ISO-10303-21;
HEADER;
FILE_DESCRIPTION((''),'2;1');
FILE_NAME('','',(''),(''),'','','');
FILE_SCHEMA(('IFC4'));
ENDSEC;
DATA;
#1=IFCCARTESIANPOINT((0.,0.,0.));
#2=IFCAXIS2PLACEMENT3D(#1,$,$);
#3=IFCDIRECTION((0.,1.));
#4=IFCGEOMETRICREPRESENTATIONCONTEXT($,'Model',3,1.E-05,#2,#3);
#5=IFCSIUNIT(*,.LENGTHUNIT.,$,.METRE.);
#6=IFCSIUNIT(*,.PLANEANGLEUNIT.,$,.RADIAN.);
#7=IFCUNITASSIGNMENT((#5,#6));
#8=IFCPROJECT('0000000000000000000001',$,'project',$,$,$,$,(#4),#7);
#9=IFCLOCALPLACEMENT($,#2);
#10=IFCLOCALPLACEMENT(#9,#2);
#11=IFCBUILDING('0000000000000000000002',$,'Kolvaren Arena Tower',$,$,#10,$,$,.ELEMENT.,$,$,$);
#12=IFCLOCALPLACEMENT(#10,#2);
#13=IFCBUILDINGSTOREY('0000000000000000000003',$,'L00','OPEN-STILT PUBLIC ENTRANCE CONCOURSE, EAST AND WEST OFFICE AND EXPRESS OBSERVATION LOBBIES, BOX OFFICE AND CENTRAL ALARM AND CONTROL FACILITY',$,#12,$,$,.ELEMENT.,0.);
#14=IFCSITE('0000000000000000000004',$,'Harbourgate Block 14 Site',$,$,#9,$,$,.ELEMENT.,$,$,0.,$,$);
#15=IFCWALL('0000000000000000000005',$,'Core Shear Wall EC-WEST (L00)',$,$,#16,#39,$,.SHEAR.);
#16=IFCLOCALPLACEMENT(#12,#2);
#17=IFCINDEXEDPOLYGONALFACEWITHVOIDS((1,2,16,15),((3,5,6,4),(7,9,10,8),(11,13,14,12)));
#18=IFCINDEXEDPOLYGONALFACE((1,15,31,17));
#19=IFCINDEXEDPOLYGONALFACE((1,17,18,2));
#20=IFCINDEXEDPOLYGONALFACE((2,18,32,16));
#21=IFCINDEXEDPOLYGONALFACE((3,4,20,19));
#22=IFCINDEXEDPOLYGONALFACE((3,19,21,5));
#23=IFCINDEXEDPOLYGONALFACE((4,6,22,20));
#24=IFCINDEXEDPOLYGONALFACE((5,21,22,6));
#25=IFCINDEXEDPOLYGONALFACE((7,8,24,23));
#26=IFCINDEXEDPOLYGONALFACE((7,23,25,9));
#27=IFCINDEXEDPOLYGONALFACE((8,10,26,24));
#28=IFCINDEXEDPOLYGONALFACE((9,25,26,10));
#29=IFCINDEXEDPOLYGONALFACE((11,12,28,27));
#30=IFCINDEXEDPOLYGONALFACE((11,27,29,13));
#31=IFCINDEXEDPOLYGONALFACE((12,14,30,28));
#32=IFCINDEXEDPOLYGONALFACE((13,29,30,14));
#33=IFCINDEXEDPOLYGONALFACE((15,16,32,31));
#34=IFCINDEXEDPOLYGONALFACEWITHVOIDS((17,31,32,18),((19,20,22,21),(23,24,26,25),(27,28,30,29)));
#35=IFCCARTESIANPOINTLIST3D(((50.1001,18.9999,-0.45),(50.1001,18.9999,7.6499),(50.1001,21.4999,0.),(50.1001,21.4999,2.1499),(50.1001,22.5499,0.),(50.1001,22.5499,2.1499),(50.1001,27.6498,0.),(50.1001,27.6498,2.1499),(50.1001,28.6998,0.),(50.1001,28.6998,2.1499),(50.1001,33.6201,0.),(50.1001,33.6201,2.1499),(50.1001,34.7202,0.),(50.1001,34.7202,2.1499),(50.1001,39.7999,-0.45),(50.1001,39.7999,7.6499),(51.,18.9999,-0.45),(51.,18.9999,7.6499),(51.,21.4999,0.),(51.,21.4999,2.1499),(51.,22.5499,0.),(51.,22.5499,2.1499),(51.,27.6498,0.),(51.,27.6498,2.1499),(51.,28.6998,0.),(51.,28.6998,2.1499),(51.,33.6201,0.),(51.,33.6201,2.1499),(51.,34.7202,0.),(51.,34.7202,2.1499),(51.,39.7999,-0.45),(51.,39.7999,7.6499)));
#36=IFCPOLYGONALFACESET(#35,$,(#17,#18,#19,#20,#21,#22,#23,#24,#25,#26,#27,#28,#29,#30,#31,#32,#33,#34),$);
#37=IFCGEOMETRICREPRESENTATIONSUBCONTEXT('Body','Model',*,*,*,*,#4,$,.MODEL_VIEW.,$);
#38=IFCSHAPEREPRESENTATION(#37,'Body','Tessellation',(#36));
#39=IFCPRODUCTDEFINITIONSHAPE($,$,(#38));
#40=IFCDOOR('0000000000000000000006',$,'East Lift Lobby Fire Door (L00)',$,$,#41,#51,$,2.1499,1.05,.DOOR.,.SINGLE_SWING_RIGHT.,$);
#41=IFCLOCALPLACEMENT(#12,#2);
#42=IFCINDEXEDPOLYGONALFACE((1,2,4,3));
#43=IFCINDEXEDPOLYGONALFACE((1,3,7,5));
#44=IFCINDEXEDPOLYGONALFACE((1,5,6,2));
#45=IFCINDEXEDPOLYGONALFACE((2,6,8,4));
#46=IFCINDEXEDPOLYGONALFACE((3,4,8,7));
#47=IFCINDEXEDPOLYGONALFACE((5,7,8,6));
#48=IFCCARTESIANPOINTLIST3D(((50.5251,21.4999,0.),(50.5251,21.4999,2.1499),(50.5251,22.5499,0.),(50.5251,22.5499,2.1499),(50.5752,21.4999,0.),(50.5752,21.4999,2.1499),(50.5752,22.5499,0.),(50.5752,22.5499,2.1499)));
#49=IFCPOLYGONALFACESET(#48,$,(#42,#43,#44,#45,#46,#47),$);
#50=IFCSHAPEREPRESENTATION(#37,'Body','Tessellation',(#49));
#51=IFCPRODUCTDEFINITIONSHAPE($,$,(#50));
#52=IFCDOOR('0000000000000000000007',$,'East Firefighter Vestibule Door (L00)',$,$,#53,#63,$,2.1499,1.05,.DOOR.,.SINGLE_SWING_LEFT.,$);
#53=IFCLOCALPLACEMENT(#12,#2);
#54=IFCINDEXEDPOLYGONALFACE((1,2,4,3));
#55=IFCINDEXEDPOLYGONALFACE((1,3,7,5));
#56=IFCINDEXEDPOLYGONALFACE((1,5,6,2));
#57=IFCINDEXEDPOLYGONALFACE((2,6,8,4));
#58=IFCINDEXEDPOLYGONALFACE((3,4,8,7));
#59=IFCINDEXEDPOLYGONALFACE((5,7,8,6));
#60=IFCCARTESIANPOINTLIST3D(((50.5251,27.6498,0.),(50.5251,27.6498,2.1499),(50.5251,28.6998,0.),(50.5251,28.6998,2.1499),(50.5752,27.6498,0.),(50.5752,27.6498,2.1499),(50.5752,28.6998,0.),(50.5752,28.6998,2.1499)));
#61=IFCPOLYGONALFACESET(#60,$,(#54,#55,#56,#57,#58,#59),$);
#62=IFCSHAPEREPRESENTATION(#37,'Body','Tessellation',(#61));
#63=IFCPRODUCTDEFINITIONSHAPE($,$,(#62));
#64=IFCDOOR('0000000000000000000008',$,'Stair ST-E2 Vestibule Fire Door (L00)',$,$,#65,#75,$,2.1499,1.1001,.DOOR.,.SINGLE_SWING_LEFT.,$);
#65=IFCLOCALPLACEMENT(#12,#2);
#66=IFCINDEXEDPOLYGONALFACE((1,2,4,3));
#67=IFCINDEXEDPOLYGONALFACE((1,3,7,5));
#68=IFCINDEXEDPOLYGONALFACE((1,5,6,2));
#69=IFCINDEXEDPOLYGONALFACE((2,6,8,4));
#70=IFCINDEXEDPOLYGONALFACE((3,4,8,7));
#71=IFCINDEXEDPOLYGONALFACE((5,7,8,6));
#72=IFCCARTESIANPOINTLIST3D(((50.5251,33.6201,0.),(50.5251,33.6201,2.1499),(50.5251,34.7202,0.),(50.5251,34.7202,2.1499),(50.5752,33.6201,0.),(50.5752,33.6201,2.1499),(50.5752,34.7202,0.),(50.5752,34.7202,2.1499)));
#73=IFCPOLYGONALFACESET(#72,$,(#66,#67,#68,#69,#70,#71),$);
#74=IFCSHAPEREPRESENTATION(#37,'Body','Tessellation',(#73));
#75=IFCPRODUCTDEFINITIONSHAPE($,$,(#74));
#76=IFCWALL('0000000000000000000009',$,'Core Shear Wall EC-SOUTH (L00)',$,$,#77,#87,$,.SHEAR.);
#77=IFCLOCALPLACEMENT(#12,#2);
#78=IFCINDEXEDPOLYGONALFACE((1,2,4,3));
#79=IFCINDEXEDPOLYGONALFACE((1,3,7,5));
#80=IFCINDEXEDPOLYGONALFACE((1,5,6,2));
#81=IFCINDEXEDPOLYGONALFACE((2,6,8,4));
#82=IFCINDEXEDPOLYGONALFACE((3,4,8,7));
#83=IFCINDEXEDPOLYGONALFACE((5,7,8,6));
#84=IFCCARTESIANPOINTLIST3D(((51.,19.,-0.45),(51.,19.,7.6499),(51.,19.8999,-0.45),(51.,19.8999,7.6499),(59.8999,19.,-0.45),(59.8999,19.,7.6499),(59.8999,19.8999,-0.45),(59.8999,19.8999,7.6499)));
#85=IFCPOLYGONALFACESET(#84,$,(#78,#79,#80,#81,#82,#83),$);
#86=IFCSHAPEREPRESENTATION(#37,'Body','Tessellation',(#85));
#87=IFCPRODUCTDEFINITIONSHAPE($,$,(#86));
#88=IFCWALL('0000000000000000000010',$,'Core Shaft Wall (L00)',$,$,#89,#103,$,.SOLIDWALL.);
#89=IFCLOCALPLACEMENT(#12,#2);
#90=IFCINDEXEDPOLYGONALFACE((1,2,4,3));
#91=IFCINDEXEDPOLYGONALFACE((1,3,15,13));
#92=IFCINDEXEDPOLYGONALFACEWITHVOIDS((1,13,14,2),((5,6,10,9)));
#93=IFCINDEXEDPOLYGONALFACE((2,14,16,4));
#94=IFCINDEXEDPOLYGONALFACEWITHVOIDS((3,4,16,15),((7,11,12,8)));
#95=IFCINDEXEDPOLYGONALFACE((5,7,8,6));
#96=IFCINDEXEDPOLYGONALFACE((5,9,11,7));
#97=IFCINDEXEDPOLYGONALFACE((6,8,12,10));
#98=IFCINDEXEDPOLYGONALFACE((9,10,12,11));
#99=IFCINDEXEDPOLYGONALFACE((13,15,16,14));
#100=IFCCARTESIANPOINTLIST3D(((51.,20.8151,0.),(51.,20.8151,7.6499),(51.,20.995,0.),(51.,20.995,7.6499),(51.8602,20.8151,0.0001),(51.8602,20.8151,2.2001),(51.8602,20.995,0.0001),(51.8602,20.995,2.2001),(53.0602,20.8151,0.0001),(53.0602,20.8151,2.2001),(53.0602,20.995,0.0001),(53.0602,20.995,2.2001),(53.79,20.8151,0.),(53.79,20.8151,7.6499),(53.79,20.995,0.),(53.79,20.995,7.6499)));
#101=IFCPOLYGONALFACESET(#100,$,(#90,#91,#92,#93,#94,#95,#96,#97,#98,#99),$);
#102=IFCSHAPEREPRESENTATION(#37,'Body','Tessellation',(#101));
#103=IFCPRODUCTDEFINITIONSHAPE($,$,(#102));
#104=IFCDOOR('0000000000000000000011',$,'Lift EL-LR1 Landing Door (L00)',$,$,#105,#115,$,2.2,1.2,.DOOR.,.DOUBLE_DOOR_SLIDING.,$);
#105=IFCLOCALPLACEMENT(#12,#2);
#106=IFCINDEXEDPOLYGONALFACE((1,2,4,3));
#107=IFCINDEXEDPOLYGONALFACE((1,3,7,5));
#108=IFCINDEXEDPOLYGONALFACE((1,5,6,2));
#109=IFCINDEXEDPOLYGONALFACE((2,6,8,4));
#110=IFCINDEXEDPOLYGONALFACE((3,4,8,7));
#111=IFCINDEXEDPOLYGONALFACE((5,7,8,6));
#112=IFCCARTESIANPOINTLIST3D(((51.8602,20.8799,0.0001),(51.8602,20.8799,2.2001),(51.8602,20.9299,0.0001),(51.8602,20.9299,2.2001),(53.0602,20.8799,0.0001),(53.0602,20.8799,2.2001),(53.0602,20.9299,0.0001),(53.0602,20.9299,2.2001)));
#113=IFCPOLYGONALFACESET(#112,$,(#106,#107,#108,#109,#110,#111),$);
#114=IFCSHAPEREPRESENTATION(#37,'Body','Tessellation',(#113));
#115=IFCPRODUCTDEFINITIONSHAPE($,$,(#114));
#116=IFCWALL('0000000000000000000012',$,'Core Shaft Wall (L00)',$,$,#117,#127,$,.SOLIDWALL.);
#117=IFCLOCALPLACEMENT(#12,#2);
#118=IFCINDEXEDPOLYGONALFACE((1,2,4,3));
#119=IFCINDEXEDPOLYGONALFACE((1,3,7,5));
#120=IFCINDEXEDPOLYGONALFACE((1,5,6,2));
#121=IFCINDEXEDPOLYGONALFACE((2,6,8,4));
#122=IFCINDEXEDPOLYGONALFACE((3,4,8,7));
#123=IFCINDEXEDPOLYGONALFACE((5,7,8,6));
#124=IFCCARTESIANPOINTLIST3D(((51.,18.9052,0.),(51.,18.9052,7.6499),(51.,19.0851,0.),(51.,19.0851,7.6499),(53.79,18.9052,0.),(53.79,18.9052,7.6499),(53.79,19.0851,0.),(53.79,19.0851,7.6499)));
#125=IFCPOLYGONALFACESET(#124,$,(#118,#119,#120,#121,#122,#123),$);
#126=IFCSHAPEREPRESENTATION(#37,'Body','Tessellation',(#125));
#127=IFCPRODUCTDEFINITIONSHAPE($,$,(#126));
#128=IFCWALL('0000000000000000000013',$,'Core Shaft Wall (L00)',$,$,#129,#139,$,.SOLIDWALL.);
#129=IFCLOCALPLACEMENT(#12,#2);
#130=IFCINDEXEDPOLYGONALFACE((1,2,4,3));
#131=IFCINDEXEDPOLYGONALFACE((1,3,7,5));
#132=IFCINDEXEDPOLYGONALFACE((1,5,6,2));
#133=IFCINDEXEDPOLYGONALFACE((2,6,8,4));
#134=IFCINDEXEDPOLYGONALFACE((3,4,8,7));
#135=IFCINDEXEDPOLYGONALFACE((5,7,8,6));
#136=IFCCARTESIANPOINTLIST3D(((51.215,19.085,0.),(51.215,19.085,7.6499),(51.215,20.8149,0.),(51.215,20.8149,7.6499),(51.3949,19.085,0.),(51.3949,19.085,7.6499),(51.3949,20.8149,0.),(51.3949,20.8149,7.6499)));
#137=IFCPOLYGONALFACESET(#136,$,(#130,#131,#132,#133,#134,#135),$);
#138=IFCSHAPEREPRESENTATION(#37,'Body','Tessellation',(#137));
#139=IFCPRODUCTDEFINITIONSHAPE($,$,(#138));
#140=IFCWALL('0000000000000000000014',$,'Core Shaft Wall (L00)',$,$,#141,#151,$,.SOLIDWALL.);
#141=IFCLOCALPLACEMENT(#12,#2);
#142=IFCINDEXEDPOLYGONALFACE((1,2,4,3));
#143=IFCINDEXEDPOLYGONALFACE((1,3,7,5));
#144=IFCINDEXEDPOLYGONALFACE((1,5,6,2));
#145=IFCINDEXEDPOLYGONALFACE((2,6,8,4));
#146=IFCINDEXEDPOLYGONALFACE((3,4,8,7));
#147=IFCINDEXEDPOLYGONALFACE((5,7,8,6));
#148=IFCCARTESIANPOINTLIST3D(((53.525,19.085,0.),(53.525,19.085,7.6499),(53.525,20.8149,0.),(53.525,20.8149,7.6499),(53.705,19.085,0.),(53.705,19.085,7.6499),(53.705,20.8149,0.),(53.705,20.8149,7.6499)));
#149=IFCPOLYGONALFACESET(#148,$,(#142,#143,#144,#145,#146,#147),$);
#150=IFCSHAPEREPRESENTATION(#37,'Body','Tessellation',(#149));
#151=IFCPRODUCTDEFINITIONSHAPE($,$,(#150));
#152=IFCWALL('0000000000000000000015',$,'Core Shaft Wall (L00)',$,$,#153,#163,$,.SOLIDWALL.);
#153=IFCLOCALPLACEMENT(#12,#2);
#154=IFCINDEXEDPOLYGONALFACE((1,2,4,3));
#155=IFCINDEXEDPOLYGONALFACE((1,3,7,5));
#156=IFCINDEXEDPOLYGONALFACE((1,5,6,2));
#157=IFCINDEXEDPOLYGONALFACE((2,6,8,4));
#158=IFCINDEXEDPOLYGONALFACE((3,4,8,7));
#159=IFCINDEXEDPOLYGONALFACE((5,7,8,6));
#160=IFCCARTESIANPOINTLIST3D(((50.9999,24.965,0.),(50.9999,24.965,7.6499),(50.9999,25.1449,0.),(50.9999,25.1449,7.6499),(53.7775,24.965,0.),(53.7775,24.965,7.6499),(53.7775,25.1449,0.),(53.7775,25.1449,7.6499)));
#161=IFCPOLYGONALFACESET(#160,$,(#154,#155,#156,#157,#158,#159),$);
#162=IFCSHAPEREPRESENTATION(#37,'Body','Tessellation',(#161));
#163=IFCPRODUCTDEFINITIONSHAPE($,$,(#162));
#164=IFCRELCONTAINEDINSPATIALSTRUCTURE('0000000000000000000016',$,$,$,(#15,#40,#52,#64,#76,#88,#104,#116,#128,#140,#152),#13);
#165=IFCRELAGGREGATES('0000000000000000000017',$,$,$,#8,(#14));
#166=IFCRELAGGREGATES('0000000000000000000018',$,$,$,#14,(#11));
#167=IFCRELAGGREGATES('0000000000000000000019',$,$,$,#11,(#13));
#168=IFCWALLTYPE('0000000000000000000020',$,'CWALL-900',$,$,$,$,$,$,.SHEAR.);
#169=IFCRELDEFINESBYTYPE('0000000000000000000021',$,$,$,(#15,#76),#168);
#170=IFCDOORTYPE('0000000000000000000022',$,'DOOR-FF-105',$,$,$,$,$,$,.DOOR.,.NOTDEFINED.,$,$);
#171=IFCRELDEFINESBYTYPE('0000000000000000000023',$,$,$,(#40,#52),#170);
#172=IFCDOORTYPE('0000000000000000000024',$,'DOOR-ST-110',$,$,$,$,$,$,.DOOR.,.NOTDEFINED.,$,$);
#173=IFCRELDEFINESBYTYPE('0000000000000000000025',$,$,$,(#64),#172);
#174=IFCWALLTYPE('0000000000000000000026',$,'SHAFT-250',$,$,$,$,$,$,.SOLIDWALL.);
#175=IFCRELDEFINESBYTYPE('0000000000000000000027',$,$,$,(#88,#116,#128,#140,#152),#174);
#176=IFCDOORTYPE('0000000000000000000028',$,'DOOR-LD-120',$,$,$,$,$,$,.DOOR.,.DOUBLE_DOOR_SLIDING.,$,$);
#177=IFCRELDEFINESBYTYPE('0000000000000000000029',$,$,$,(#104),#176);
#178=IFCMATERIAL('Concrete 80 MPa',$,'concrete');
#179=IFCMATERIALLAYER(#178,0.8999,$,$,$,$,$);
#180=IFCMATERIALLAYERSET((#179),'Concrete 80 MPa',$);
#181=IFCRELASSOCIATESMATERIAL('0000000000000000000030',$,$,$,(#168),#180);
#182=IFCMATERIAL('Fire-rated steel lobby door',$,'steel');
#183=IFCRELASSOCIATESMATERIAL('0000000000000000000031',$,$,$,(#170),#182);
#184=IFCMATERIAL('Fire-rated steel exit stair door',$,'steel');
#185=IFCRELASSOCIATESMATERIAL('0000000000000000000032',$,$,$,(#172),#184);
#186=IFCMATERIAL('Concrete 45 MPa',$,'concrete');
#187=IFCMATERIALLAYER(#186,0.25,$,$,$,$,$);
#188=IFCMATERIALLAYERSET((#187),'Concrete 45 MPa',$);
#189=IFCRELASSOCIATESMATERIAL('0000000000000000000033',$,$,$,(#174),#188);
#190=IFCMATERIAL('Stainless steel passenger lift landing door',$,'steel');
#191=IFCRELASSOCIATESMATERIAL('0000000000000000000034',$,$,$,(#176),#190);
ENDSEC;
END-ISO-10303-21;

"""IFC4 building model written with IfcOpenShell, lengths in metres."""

from ifc_helpers import new_model, si_unit, direction, frame, frame_2d, origin, place, context, subcontext, project, spatial, rectangle, extrude, material, layer, layer_set, type_object, element, fill, save


model = new_model("IFC4")

# Units and contexts
model_context = context("Model", 3, precision=1e-05, world=origin(), true_north=direction((0.0, 1.0)))
body_context = subcontext(model_context, "Body", "Model", "MODEL_VIEW")
ifc_project = project(units=[si_unit("LENGTHUNIT", "METRE"), si_unit("PLANEANGLEUNIT", "RADIAN")], contexts=[model_context])

# Site, building, storey
site_placement = place(None, origin())
site = spatial("IfcSite", under=ifc_project, at=site_placement, Name="Harbourgate Block 14 Site", CompositionType="ELEMENT", RefElevation=0.0)
building_placement = place(site_placement, origin())
building = spatial("IfcBuilding", under=site, at=building_placement, Name="Kolvaren Arena Tower", CompositionType="ELEMENT")
storey_placement = place(building_placement, origin())
storey = spatial("IfcBuildingStorey", under=building, at=storey_placement, Name="L00", Description="OPEN-STILT PUBLIC ENTRANCE CONCOURSE, EAST AND WEST OFFICE AND EXPRESS OBSERVATION LOBBIES, BOX OFFICE AND CENTRAL ALARM AND CONTROL FACILITY", CompositionType="ELEMENT", Elevation=0.0)

# Shared definitions
ifc_material_1 = material(Name="Concrete 80 MPa", Category="concrete")

# Wall, openings, doors
ifc_layer_1 = layer(ifc_material_1, 0.8999)
ifc_layer_set_1 = layer_set([ifc_layer_1], Name="Concrete 80 MPa")
wall_type_1 = type_object("IfcWallType", Name="CWALL-900", PredefinedType="SHEAR", material=ifc_layer_set_1)
wall_1_placement = place(storey_placement, frame((50.55, 19.0, -0.45), z_axis=(0.0, 0.0, 1.0), x_axis=(0.0, 1.0, 0.0)))
wall_1 = element("IfcWall", 1, at=wall_1_placement, inside=storey, type_object=wall_type_1, Name="Core Shear Wall EC-WEST (L00)", PredefinedType="SHEAR", context=body_context, shape_type="SweptSolid", body=[
    extrude(rectangle(XDim=20.8, YDim=0.8999, at=frame_2d((10.3999, 0.0))), origin(), (0.0, 0.0, 1.0), 8.0999),
])
opening_1_placement = place(wall_1_placement, frame((2.5, 0.0, 0.45)))
opening_1 = element("IfcOpeningElement", 2, at=opening_1_placement, cuts=wall_1, PredefinedType="OPENING", context=body_context, shape_type="SweptSolid", body=[
    extrude(rectangle(XDim=1.05, YDim=2.1499, at=frame_2d((0.5249, 1.075))), frame((0.0, 0.46, 0.0), z_axis=(0.0, -1.0, 0.0), x_axis=(1.0, 0.0, 0.0)), (0.0, 0.0, 1.0), 0.9199),
])
opening_2_placement = place(wall_1_placement, frame((8.6499, 0.0, 0.45)))
opening_2 = element("IfcOpeningElement", 3, at=opening_2_placement, cuts=wall_1, PredefinedType="OPENING", context=body_context, shape_type="SweptSolid", body=[
    extrude(rectangle(XDim=1.05, YDim=2.1499, at=frame_2d((0.5249, 1.075))), frame((0.0, 0.46, 0.0), z_axis=(0.0, -1.0, 0.0), x_axis=(1.0, 0.0, 0.0)), (0.0, 0.0, 1.0), 0.9199),
])
opening_3_placement = place(wall_1_placement, frame((14.6201, 0.0, 0.45)))
opening_3 = element("IfcOpeningElement", 4, at=opening_3_placement, cuts=wall_1, PredefinedType="OPENING", context=body_context, shape_type="SweptSolid", body=[
    extrude(rectangle(XDim=1.1001, YDim=2.1499, at=frame_2d((0.55, 1.075))), frame((0.0, 0.46, 0.0), z_axis=(0.0, -1.0, 0.0), x_axis=(1.0, 0.0, 0.0)), (0.0, 0.0, 1.0), 0.9199),
])
ifc_material_2 = material(Name="Fire-rated steel lobby door", Category="steel")
door_type_1 = type_object("IfcDoorType", Name="DOOR-FF-105", OperationType="NOTDEFINED", PredefinedType="DOOR", material=ifc_material_2)
door_1_placement = place(opening_1_placement, origin())
door_1 = element("IfcDoor", 5, at=door_1_placement, inside=storey, type_object=door_type_1, Name="East Lift Lobby Fire Door (L00)", OperationType="SINGLE_SWING_RIGHT", OverallHeight=2.1499, OverallWidth=1.05, PredefinedType="DOOR", context=body_context, shape_type="SweptSolid", body=[
    extrude(rectangle(XDim=1.05, YDim=2.1499, at=frame_2d((0.5249, 1.075))), frame((0.0, 0.0249, 0.0), z_axis=(0.0, -1.0, 0.0), x_axis=(1.0, 0.0, 0.0)), (0.0, 0.0, 1.0), 0.05),
])
fill(opening_1, door_1)
door_2_placement = place(opening_2_placement, origin())
door_2 = element("IfcDoor", 6, at=door_2_placement, inside=storey, type_object=door_type_1, Name="East Firefighter Vestibule Door (L00)", OperationType="SINGLE_SWING_LEFT", OverallHeight=2.1499, OverallWidth=1.05, PredefinedType="DOOR", context=body_context, shape_type="SweptSolid", body=[
    extrude(rectangle(XDim=1.05, YDim=2.1499, at=frame_2d((0.5249, 1.075))), frame((0.0, 0.0249, 0.0), z_axis=(0.0, -1.0, 0.0), x_axis=(1.0, 0.0, 0.0)), (0.0, 0.0, 1.0), 0.05),
])
fill(opening_2, door_2)
ifc_material_3 = material(Name="Fire-rated steel exit stair door", Category="steel")
door_type_2 = type_object("IfcDoorType", Name="DOOR-ST-110", OperationType="NOTDEFINED", PredefinedType="DOOR", material=ifc_material_3)
door_3_placement = place(opening_3_placement, origin())
door_3 = element("IfcDoor", 7, at=door_3_placement, inside=storey, type_object=door_type_2, Name="Stair ST-E2 Vestibule Fire Door (L00)", OperationType="SINGLE_SWING_LEFT", OverallHeight=2.1499, OverallWidth=1.1001, PredefinedType="DOOR", context=body_context, shape_type="SweptSolid", body=[
    extrude(rectangle(XDim=1.1001, YDim=2.1499, at=frame_2d((0.55, 1.075))), frame((0.0, 0.0249, 0.0), z_axis=(0.0, -1.0, 0.0), x_axis=(1.0, 0.0, 0.0)), (0.0, 0.0, 1.0), 0.05),
])
fill(opening_3, door_3)

# Wall
wall_2_placement = place(storey_placement, frame((51.0, 19.45, -0.45), z_axis=(0.0, 0.0, 1.0), x_axis=(1.0, 0.0, 0.0)))
element("IfcWall", 8, at=wall_2_placement, inside=storey, type_object=wall_type_1, Name="Core Shear Wall EC-SOUTH (L00)", PredefinedType="SHEAR", context=body_context, shape_type="SweptSolid", body=[
    extrude(rectangle(XDim=8.8999, YDim=0.8999, at=frame_2d((4.45, 0.0))), origin(), (0.0, 0.0, 1.0), 8.0999),
])

# Wall, opening, door
ifc_material_4 = material(Name="Concrete 45 MPa", Category="concrete")
ifc_layer_2 = layer(ifc_material_4, 0.25)
ifc_layer_set_2 = layer_set([ifc_layer_2], Name="Concrete 45 MPa")
wall_type_2 = type_object("IfcWallType", Name="SHAFT-250", PredefinedType="SOLIDWALL", material=ifc_layer_set_2)
wall_3_placement = place(storey_placement, frame((51.0, 20.905, 0.0), z_axis=(0.0, 0.0, 1.0), x_axis=(1.0, 0.0, 0.0)))
wall_3 = element("IfcWall", 9, at=wall_3_placement, inside=storey, type_object=wall_type_2, Name="Core Shaft Wall (L00)", PredefinedType="SOLIDWALL", context=body_context, shape_type="SweptSolid", body=[
    extrude(rectangle(XDim=2.79, YDim=0.1799, at=frame_2d((1.395, 0.0))), origin(), (0.0, 0.0, 1.0), 7.6499),
])
opening_4_placement = place(wall_3_placement, frame((0.8601, 0.0, 0.0)))
opening_4 = element("IfcOpeningElement", 10, at=opening_4_placement, cuts=wall_3, PredefinedType="OPENING", context=body_context, shape_type="SweptSolid", body=[
    extrude(rectangle(XDim=1.2, YDim=2.2, at=frame_2d((0.6001, 1.1001))), frame((0.0, 0.0999, 0.0), z_axis=(0.0, -1.0, 0.0), x_axis=(1.0, 0.0, 0.0)), (0.0, 0.0, 1.0), 0.2),
])
ifc_material_5 = material(Name="Stainless steel passenger lift landing door", Category="steel")
door_type_3 = type_object("IfcDoorType", Name="DOOR-LD-120", OperationType="DOUBLE_DOOR_SLIDING", PredefinedType="DOOR", material=ifc_material_5)
door_4_placement = place(opening_4_placement, origin())
door_4 = element("IfcDoor", 11, at=door_4_placement, inside=storey, type_object=door_type_3, Name="Lift EL-LR1 Landing Door (L00)", OperationType="DOUBLE_DOOR_SLIDING", OverallHeight=2.2, OverallWidth=1.2, PredefinedType="DOOR", context=body_context, shape_type="SweptSolid", body=[
    extrude(rectangle(XDim=1.2, YDim=2.2, at=frame_2d((0.6001, 1.1001))), frame((0.0, 0.0249, 0.0), z_axis=(0.0, -1.0, 0.0), x_axis=(1.0, 0.0, 0.0)), (0.0, 0.0, 1.0), 0.05),
])
fill(opening_4, door_4)

# Walls
wall_4_placement = place(storey_placement, frame((51.0, 18.9951, 0.0), z_axis=(0.0, 0.0, 1.0), x_axis=(1.0, 0.0, 0.0)))
element("IfcWall", 12, at=wall_4_placement, inside=storey, type_object=wall_type_2, Name="Core Shaft Wall (L00)", PredefinedType="SOLIDWALL", context=body_context, shape_type="SweptSolid", body=[
    extrude(rectangle(XDim=2.79, YDim=0.1799, at=frame_2d((1.395, 0.0))), origin(), (0.0, 0.0, 1.0), 7.6499),
])
for number, where, z_axis, x_axis, name in (
    (13, (51.3049, 19.085, 0.0), (0.0, 0.0, 1.0), (0.0, 1.0, 0.0), "Core Shaft Wall (L00)"),
    (14, (53.615, 19.085, 0.0), (0.0, 0.0, 1.0), (0.0, 1.0, 0.0), "Core Shaft Wall (L00)"),
):
    element("IfcWall", number, at=place(storey_placement, frame(where, z_axis=z_axis, x_axis=x_axis)), inside=storey, type_object=wall_type_2, Name=name, PredefinedType="SOLIDWALL", context=body_context, shape_type="SweptSolid", body=[
        extrude(rectangle(XDim=1.73, YDim=0.1799, at=frame_2d((0.865, 0.0))), origin(), (0.0, 0.0, 1.0), 7.6499),
    ])
wall_5_placement = place(storey_placement, frame((51.0, 25.0549, 0.0), z_axis=(0.0, 0.0, 1.0), x_axis=(1.0, 0.0, 0.0)))
element("IfcWall", 15, at=wall_5_placement, inside=storey, type_object=wall_type_2, Name="Core Shaft Wall (L00)", PredefinedType="SOLIDWALL", context=body_context, shape_type="SweptSolid", body=[
    extrude(rectangle(XDim=2.7776, YDim=0.1799, at=frame_2d((1.3887, 0.0))), origin(), (0.0, 0.0, 1.0), 7.6499),
])

save(model, "model.ifc")
